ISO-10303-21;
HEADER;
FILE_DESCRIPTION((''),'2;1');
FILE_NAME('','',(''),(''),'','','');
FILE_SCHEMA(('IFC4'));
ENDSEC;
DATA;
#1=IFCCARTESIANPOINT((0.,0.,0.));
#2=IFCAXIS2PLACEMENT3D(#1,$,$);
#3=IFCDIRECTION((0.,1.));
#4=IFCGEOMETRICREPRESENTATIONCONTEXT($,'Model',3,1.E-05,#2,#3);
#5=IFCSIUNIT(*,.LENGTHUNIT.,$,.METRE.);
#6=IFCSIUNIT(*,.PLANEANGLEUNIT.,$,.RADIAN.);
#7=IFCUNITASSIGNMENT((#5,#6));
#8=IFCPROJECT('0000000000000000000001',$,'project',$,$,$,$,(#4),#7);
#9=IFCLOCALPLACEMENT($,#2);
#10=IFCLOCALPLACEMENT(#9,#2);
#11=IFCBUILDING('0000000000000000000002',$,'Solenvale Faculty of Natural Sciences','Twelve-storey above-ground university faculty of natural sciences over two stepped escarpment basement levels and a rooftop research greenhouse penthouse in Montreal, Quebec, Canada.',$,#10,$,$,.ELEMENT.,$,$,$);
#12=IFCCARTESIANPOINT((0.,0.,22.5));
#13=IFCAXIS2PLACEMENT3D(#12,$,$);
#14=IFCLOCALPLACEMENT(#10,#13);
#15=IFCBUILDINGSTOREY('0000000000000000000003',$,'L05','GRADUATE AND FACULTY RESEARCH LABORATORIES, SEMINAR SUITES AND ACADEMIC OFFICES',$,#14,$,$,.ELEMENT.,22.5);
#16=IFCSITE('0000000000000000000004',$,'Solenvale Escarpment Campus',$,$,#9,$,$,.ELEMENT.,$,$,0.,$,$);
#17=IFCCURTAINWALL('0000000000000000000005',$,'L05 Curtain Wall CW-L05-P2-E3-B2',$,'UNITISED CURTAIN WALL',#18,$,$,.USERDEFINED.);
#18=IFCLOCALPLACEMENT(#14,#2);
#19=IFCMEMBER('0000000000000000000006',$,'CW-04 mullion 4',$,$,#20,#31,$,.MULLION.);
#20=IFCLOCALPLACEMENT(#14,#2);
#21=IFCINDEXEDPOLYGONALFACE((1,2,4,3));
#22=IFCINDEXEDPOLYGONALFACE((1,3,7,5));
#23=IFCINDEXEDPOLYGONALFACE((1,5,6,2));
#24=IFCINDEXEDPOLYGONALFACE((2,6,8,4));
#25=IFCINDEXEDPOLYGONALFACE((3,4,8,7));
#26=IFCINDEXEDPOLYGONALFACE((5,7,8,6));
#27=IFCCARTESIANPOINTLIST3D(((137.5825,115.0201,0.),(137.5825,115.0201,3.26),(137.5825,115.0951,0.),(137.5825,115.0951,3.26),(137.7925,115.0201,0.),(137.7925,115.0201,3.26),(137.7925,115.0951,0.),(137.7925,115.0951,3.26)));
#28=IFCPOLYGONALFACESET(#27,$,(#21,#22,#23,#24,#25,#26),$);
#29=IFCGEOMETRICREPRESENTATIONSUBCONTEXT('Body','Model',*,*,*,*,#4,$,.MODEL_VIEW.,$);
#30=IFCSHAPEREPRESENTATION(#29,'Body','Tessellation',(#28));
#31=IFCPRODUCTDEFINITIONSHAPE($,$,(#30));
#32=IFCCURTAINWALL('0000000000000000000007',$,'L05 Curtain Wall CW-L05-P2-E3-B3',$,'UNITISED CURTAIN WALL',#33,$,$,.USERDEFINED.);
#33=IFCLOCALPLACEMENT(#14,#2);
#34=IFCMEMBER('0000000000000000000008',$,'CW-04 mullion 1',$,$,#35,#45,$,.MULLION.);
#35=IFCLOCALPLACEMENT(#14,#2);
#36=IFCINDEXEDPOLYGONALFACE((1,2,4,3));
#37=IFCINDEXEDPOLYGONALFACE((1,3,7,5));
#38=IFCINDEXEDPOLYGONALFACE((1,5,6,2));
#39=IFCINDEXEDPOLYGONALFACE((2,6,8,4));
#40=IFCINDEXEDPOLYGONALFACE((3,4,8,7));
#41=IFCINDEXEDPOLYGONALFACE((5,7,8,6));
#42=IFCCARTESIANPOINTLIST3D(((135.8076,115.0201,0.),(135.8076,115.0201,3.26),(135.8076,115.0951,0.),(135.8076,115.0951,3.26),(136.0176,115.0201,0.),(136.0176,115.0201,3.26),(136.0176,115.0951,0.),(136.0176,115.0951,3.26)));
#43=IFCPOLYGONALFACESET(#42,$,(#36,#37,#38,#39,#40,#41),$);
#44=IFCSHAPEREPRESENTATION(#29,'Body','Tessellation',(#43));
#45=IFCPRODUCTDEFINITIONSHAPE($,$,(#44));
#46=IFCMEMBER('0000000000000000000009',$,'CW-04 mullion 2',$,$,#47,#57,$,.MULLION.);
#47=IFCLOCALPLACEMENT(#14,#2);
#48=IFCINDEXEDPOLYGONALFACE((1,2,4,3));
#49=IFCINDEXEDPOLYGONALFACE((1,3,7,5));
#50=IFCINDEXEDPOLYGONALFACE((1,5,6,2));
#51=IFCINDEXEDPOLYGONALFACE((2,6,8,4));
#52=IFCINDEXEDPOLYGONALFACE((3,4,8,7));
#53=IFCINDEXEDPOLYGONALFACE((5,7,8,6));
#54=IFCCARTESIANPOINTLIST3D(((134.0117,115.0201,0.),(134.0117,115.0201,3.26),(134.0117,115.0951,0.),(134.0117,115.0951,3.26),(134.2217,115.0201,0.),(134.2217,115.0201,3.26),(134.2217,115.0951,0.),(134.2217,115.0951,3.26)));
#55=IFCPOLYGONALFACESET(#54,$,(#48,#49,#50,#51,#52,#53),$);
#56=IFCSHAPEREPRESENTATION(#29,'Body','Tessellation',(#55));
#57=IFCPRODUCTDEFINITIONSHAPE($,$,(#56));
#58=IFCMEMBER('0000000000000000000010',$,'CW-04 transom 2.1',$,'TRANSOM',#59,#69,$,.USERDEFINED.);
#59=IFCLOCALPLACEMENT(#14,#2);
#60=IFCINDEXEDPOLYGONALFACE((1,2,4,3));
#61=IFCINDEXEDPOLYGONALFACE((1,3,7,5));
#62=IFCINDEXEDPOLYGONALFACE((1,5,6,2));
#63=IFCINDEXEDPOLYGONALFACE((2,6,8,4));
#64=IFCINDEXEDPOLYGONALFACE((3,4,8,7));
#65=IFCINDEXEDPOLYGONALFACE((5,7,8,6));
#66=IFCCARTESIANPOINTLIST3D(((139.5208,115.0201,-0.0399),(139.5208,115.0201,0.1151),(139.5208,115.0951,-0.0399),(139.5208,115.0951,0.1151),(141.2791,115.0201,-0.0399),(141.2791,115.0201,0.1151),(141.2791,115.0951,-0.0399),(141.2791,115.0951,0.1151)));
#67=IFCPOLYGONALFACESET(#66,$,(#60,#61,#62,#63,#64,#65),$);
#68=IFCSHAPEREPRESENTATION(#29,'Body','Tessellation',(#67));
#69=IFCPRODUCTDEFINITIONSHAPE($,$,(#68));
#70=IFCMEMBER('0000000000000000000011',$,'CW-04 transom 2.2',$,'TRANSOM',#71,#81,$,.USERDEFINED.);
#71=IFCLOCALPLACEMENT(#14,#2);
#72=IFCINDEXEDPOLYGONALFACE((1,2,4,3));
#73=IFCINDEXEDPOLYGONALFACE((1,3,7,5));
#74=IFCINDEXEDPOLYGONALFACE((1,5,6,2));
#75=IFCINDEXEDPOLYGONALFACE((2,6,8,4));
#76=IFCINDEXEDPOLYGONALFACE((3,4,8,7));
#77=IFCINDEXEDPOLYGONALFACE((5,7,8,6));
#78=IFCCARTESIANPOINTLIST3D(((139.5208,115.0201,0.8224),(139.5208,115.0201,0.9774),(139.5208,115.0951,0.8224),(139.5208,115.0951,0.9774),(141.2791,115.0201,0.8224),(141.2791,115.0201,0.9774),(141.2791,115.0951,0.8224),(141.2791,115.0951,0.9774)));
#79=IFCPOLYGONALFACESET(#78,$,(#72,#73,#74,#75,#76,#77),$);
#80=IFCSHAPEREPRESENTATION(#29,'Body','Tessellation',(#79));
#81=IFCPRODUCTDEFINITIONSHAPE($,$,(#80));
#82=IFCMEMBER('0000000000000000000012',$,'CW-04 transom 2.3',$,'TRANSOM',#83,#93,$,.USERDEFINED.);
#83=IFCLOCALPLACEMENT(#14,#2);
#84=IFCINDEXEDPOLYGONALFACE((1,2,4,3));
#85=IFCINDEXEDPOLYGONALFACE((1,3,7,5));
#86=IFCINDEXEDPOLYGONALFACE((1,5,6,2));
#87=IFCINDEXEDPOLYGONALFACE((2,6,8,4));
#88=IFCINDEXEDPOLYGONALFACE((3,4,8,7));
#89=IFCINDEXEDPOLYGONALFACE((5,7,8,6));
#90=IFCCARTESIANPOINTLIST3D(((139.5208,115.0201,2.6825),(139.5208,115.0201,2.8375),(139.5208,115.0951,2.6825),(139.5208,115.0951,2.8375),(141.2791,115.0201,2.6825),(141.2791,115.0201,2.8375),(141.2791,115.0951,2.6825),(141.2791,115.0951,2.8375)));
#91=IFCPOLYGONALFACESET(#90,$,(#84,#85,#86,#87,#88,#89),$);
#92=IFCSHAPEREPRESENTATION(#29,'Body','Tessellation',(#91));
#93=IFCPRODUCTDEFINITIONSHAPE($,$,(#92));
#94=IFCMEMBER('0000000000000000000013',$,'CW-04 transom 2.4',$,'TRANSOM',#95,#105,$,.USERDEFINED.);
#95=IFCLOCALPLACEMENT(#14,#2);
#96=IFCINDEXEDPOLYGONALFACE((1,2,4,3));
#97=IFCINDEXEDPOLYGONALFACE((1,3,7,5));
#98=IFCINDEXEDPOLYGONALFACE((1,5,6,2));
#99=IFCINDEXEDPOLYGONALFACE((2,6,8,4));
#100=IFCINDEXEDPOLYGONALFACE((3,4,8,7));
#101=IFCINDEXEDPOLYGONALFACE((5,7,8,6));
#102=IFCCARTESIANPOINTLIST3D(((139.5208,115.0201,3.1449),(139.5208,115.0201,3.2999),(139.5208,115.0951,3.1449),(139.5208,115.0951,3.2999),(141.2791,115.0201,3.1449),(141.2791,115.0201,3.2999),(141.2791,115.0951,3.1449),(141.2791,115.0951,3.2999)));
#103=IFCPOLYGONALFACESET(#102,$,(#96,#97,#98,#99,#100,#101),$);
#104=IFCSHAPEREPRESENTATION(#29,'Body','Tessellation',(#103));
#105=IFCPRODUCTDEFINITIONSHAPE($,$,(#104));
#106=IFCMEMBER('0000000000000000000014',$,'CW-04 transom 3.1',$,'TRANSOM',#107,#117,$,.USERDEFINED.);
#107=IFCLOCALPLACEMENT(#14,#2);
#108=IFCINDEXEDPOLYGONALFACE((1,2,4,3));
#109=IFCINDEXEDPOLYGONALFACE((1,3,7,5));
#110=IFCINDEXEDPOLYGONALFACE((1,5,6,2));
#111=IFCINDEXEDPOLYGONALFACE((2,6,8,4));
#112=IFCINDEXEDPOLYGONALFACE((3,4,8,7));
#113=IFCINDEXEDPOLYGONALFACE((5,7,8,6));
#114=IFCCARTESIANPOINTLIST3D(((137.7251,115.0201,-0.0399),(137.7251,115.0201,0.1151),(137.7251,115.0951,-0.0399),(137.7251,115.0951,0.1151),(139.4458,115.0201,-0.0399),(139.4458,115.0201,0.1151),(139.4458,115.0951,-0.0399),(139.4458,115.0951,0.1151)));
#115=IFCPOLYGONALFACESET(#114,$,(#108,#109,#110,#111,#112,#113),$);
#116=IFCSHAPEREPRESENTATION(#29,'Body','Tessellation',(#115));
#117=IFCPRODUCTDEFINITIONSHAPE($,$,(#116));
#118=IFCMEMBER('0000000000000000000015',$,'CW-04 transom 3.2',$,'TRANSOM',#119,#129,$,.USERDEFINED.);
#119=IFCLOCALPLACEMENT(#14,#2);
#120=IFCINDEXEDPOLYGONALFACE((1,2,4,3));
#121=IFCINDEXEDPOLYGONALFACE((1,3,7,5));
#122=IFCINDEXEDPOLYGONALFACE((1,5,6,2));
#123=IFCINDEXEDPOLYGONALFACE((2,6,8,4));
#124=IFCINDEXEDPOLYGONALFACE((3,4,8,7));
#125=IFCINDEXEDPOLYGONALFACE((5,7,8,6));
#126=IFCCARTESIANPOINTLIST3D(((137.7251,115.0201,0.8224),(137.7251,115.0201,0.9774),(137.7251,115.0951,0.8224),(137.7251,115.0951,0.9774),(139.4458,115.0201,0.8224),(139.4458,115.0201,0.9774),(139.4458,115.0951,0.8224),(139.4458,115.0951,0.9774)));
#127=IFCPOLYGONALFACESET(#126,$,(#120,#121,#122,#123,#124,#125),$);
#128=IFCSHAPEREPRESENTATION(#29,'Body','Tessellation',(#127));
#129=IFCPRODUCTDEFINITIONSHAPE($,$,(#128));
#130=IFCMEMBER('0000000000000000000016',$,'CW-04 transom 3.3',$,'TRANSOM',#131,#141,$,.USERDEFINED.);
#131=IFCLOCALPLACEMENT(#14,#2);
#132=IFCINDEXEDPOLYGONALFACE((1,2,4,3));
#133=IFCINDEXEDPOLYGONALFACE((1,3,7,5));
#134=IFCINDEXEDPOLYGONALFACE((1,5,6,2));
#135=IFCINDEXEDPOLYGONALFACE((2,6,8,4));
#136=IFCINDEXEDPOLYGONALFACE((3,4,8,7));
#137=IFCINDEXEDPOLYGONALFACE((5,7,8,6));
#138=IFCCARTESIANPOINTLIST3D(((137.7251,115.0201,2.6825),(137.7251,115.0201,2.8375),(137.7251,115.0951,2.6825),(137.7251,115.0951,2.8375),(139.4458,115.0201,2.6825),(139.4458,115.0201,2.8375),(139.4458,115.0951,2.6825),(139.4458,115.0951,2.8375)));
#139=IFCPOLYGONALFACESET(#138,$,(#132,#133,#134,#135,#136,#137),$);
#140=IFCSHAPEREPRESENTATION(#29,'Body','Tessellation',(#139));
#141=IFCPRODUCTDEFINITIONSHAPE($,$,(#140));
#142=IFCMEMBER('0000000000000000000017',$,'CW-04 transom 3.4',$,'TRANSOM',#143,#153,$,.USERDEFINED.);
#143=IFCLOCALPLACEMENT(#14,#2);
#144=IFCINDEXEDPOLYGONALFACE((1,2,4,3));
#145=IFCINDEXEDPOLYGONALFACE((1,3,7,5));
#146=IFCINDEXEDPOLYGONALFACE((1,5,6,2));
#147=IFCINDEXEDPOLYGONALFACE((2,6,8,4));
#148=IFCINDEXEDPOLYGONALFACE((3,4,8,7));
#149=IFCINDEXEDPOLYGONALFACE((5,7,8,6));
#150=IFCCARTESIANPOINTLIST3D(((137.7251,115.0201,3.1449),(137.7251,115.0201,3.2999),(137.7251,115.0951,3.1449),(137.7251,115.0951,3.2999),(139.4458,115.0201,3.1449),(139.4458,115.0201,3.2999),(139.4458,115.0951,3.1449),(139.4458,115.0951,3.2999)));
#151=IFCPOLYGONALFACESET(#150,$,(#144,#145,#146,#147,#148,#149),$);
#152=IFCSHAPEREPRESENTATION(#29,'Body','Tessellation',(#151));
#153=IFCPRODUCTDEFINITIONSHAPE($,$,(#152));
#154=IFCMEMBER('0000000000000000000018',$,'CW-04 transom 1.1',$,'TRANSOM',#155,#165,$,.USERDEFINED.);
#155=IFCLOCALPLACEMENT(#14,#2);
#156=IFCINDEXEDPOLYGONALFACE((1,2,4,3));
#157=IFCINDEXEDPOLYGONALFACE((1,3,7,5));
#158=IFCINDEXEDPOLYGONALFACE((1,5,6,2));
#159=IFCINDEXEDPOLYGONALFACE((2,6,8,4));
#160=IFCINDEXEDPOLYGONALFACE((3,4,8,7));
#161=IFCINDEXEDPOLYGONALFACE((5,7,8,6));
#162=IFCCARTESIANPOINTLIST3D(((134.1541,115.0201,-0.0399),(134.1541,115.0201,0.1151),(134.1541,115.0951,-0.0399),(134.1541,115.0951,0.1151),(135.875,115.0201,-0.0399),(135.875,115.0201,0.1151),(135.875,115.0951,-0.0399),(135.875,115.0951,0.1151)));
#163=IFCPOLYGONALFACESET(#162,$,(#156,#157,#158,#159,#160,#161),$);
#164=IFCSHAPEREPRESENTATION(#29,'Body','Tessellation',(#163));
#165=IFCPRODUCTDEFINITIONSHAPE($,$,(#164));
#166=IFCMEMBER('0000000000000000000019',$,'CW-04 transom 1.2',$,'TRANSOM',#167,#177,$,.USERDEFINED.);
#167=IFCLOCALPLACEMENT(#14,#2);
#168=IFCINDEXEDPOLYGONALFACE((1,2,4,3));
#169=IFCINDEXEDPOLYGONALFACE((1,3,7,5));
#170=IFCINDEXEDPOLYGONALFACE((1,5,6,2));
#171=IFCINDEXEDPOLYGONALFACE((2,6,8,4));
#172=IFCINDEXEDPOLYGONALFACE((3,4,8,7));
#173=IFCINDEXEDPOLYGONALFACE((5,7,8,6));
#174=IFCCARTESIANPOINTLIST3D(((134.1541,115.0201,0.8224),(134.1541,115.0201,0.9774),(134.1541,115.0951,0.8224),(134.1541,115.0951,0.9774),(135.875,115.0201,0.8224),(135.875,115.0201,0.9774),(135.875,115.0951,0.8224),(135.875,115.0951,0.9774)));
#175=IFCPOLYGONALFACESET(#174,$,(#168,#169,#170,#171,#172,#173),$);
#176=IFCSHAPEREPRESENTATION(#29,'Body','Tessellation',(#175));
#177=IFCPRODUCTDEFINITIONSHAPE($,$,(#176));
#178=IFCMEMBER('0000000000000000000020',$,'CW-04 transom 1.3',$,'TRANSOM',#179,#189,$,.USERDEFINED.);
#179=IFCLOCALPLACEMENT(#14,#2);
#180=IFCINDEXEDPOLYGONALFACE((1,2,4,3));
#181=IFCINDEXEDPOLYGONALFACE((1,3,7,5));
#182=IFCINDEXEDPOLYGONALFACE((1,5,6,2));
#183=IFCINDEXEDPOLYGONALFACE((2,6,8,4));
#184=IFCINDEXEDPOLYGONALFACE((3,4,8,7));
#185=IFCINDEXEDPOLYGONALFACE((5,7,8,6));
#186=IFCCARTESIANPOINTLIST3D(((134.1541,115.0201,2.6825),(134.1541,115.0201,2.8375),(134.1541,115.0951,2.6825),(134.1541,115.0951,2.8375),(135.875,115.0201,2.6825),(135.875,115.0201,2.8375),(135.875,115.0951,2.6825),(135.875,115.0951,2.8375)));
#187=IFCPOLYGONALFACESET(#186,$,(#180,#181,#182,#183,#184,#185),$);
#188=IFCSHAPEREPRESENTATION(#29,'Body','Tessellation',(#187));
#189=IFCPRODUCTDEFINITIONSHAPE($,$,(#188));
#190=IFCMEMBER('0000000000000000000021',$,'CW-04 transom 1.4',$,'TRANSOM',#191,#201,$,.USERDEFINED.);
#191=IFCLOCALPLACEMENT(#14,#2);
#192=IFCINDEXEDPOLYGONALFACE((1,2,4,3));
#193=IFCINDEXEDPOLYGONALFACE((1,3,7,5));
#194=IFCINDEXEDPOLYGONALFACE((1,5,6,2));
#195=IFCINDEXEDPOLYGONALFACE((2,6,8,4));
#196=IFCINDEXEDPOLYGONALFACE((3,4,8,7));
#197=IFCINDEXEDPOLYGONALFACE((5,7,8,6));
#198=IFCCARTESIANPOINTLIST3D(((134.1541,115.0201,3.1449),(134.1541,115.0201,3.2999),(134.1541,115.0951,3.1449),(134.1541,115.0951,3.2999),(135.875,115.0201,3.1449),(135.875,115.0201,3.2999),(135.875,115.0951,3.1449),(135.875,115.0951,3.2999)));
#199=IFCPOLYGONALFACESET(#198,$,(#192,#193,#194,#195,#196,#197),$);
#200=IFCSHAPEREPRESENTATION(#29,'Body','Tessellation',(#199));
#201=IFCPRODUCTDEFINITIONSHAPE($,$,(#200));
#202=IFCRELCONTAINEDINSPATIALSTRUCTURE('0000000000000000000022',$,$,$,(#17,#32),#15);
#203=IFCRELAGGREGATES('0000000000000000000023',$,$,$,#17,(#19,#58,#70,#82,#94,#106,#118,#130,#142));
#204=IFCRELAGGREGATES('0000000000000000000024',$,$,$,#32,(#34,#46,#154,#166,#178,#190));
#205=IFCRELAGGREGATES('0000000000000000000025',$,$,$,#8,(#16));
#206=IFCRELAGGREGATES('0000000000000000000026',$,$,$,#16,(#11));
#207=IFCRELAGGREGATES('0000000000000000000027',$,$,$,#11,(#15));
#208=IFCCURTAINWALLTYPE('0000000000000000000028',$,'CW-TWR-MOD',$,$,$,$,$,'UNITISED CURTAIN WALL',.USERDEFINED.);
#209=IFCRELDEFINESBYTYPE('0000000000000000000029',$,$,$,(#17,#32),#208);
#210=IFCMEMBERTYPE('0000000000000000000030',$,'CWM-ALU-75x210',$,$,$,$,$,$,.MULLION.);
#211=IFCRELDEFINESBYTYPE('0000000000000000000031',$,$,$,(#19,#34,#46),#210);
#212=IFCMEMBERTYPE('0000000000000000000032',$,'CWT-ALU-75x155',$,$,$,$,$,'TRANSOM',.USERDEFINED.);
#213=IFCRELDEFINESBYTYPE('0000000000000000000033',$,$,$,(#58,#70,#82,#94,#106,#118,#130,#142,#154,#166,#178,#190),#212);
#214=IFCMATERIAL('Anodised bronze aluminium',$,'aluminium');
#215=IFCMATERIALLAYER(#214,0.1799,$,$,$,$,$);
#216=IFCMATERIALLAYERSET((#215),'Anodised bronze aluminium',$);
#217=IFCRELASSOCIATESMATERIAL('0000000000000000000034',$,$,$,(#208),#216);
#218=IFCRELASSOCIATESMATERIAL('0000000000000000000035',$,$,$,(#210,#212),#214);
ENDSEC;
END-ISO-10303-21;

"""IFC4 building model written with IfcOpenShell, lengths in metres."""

from ifc_helpers import new_model, si_unit, direction, frame, origin, origin_2d, place, context, subcontext, project, spatial, rectangle, extrude, material, layer, layer_set, material_profile, profile_set, type_object, element, aggregate, save


model = new_model("IFC4")

# Units and contexts
model_context = context("Model", 3, precision=1e-05, world=origin(), true_north=direction((0.0, 1.0)))
body_context = subcontext(model_context, "Body", "Model", "MODEL_VIEW")
ifc_project = project(units=[si_unit("LENGTHUNIT", "METRE"), si_unit("PLANEANGLEUNIT", "RADIAN")], contexts=[model_context])

# Site, building, storey
site_placement = place(None, origin())
site = spatial("IfcSite", under=ifc_project, at=site_placement, Name="Solenvale Escarpment Campus", CompositionType="ELEMENT", RefElevation=0.0)
building_placement = place(site_placement, origin())
building = spatial("IfcBuilding", under=site, at=building_placement, Name="Solenvale Faculty of Natural Sciences", Description="Twelve-storey above-ground university faculty of natural sciences over two stepped escarpment basement levels and a rooftop research greenhouse penthouse in Montreal, Quebec, Canada.", CompositionType="ELEMENT")
storey_placement = place(building_placement, frame((0.0, 0.0, 22.5)))
storey = spatial("IfcBuildingStorey", under=building, at=storey_placement, Name="L05", Description="GRADUATE AND FACULTY RESEARCH LABORATORIES, SEMINAR SUITES AND ACADEMIC OFFICES", CompositionType="ELEMENT", Elevation=22.5)

# Curtain walls, members
ifc_material_1 = material(Name="Anodised bronze aluminium", Category="aluminium")
ifc_layer_1 = layer(ifc_material_1, 0.1799)
ifc_layer_set_1 = layer_set([ifc_layer_1], Name="Anodised bronze aluminium")
curtain_wall_type = type_object("IfcCurtainWallType", Name="CW-TWR-MOD", ElementType="UNITISED CURTAIN WALL", PredefinedType="USERDEFINED", material=ifc_layer_set_1)
curtain_wall_1_placement = place(storey_placement, origin())
curtain_wall_1 = element("IfcCurtainWall", 1, at=curtain_wall_1_placement, inside=storey, type_object=curtain_wall_type, Name="L05 Curtain Wall CW-L05-P2-E3-B2", ObjectType="UNITISED CURTAIN WALL", PredefinedType="USERDEFINED")
ifc_material_profile_1 = material_profile(ifc_material_1, rectangle(XDim=0.075, YDim=0.21, at=origin_2d()), Name="ALU-MUL-75x210")
ifc_profile_set_1 = profile_set([ifc_material_profile_1], Name="Anodised bronze aluminium")
member_type_1 = type_object("IfcMemberType", Name="CWM-ALU-75x210", PredefinedType="MULLION", material=ifc_profile_set_1)
member_1_placement = place(storey_placement, frame((137.6875, 115.0576, 0.0), z_axis=(0.0, 0.0, 1.0), x_axis=(0.0, -1.0, 0.0)))
member_1 = element("IfcMember", 2, at=member_1_placement, type_object=member_type_1, Name="CW-04 mullion 4", PredefinedType="MULLION", context=body_context, shape_type="SweptSolid", body=[
    extrude(rectangle(XDim=0.075, YDim=0.21, at=origin_2d()), origin(), (0.0, 0.0, 1.0), 3.26),
])
curtain_wall_2_placement = place(storey_placement, origin())
curtain_wall_2 = element("IfcCurtainWall", 3, at=curtain_wall_2_placement, inside=storey, type_object=curtain_wall_type, Name="L05 Curtain Wall CW-L05-P2-E3-B3", ObjectType="UNITISED CURTAIN WALL", PredefinedType="USERDEFINED")
member_2_placement = place(storey_placement, frame((135.9126, 115.0576, 0.0), z_axis=(0.0, 0.0, 1.0), x_axis=(0.0, -1.0, 0.0)))
member_2 = element("IfcMember", 4, at=member_2_placement, type_object=member_type_1, Name="CW-04 mullion 1", PredefinedType="MULLION", context=body_context, shape_type="SweptSolid", body=[
    extrude(rectangle(XDim=0.075, YDim=0.21, at=origin_2d()), origin(), (0.0, 0.0, 1.0), 3.26),
])
member_3_placement = place(storey_placement, frame((134.1167, 115.0576, 0.0), z_axis=(0.0, 0.0, 1.0), x_axis=(0.0, -1.0, 0.0)))
member_3 = element("IfcMember", 5, at=member_3_placement, type_object=member_type_1, Name="CW-04 mullion 2", PredefinedType="MULLION", context=body_context, shape_type="SweptSolid", body=[
    extrude(rectangle(XDim=0.075, YDim=0.21, at=origin_2d()), origin(), (0.0, 0.0, 1.0), 3.26),
])

# Members
ifc_material_profile_2 = material_profile(ifc_material_1, rectangle(XDim=0.075, YDim=0.155, at=origin_2d()), Name="ALU-TRN-75x155")
ifc_profile_set_2 = profile_set([ifc_material_profile_2], Name="Anodised bronze aluminium")
member_type_2 = type_object("IfcMemberType", Name="CWT-ALU-75x155", ElementType="TRANSOM", PredefinedType="USERDEFINED", material=ifc_profile_set_2)
member_4_placement = place(storey_placement, frame((141.2791, 115.0576, 0.0376), z_axis=(-1.0, 0.0, 0.0), x_axis=(0.0, -1.0, 0.0)))
member_4 = element("IfcMember", 6, at=member_4_placement, type_object=member_type_2, Name="CW-04 transom 2.1", ObjectType="TRANSOM", PredefinedType="USERDEFINED", context=body_context, shape_type="SweptSolid", body=[
    extrude(rectangle(XDim=0.075, YDim=0.155, at=origin_2d()), origin(), (0.0, 0.0, 1.0), 1.7583),
])
member_5_placement = place(storey_placement, frame((141.2791, 115.0576, 0.8999), z_axis=(-1.0, 0.0, 0.0), x_axis=(0.0, -1.0, 0.0)))
member_5 = element("IfcMember", 7, at=member_5_placement, type_object=member_type_2, Name="CW-04 transom 2.2", ObjectType="TRANSOM", PredefinedType="USERDEFINED", context=body_context, shape_type="SweptSolid", body=[
    extrude(rectangle(XDim=0.075, YDim=0.155, at=origin_2d()), origin(), (0.0, 0.0, 1.0), 1.7583),
])
member_6_placement = place(storey_placement, frame((141.2791, 115.0576, 2.76), z_axis=(-1.0, 0.0, 0.0), x_axis=(0.0, -1.0, 0.0)))
member_6 = element("IfcMember", 8, at=member_6_placement, type_object=member_type_2, Name="CW-04 transom 2.3", ObjectType="TRANSOM", PredefinedType="USERDEFINED", context=body_context, shape_type="SweptSolid", body=[
    extrude(rectangle(XDim=0.075, YDim=0.155, at=origin_2d()), origin(), (0.0, 0.0, 1.0), 1.7583),
])
member_7_placement = place(storey_placement, frame((141.2791, 115.0576, 3.2224), z_axis=(-1.0, 0.0, 0.0), x_axis=(0.0, -1.0, 0.0)))
member_7 = element("IfcMember", 9, at=member_7_placement, type_object=member_type_2, Name="CW-04 transom 2.4", ObjectType="TRANSOM", PredefinedType="USERDEFINED", context=body_context, shape_type="SweptSolid", body=[
    extrude(rectangle(XDim=0.075, YDim=0.155, at=origin_2d()), origin(), (0.0, 0.0, 1.0), 1.7583),
])
member_8_placement = place(storey_placement, frame((139.4458, 115.0576, 0.0376), z_axis=(-1.0, 0.0, 0.0), x_axis=(0.0, -1.0, 0.0)))
member_8 = element("IfcMember", 10, at=member_8_placement, type_object=member_type_2, Name="CW-04 transom 3.1", ObjectType="TRANSOM", PredefinedType="USERDEFINED", context=body_context, shape_type="SweptSolid", body=[
    extrude(rectangle(XDim=0.075, YDim=0.155, at=origin_2d()), origin(), (0.0, 0.0, 1.0), 1.7207),
])
member_9_placement = place(storey_placement, frame((139.4458, 115.0576, 0.8999), z_axis=(-1.0, 0.0, 0.0), x_axis=(0.0, -1.0, 0.0)))
member_9 = element("IfcMember", 11, at=member_9_placement, type_object=member_type_2, Name="CW-04 transom 3.2", ObjectType="TRANSOM", PredefinedType="USERDEFINED", context=body_context, shape_type="SweptSolid", body=[
    extrude(rectangle(XDim=0.075, YDim=0.155, at=origin_2d()), origin(), (0.0, 0.0, 1.0), 1.7207),
])
member_10_placement = place(storey_placement, frame((139.4458, 115.0576, 2.76), z_axis=(-1.0, 0.0, 0.0), x_axis=(0.0, -1.0, 0.0)))
member_10 = element("IfcMember", 12, at=member_10_placement, type_object=member_type_2, Name="CW-04 transom 3.3", ObjectType="TRANSOM", PredefinedType="USERDEFINED", context=body_context, shape_type="SweptSolid", body=[
    extrude(rectangle(XDim=0.075, YDim=0.155, at=origin_2d()), origin(), (0.0, 0.0, 1.0), 1.7207),
])
member_11_placement = place(storey_placement, frame((139.4458, 115.0576, 3.2224), z_axis=(-1.0, 0.0, 0.0), x_axis=(0.0, -1.0, 0.0)))
member_11 = element("IfcMember", 13, at=member_11_placement, type_object=member_type_2, Name="CW-04 transom 3.4", ObjectType="TRANSOM", PredefinedType="USERDEFINED", context=body_context, shape_type="SweptSolid", body=[
    extrude(rectangle(XDim=0.075, YDim=0.155, at=origin_2d()), origin(), (0.0, 0.0, 1.0), 1.7207),
])
member_12_placement = place(storey_placement, frame((135.875, 115.0576, 0.0376), z_axis=(-1.0, 0.0, 0.0), x_axis=(0.0, -1.0, 0.0)))
member_12 = element("IfcMember", 14, at=member_12_placement, type_object=member_type_2, Name="CW-04 transom 1.1", ObjectType="TRANSOM", PredefinedType="USERDEFINED", context=body_context, shape_type="SweptSolid", body=[
    extrude(rectangle(XDim=0.075, YDim=0.155, at=origin_2d()), origin(), (0.0, 0.0, 1.0), 1.7209),
])
member_13_placement = place(storey_placement, frame((135.875, 115.0576, 0.8999), z_axis=(-1.0, 0.0, 0.0), x_axis=(0.0, -1.0, 0.0)))
member_13 = element("IfcMember", 15, at=member_13_placement, type_object=member_type_2, Name="CW-04 transom 1.2", ObjectType="TRANSOM", PredefinedType="USERDEFINED", context=body_context, shape_type="SweptSolid", body=[
    extrude(rectangle(XDim=0.075, YDim=0.155, at=origin_2d()), origin(), (0.0, 0.0, 1.0), 1.7209),
])
member_14_placement = place(storey_placement, frame((135.875, 115.0576, 2.76), z_axis=(-1.0, 0.0, 0.0), x_axis=(0.0, -1.0, 0.0)))
member_14 = element("IfcMember", 16, at=member_14_placement, type_object=member_type_2, Name="CW-04 transom 1.3", ObjectType="TRANSOM", PredefinedType="USERDEFINED", context=body_context, shape_type="SweptSolid", body=[
    extrude(rectangle(XDim=0.075, YDim=0.155, at=origin_2d()), origin(), (0.0, 0.0, 1.0), 1.7209),
])
member_15_placement = place(storey_placement, frame((135.875, 115.0576, 3.2224), z_axis=(-1.0, 0.0, 0.0), x_axis=(0.0, -1.0, 0.0)))
member_15 = element("IfcMember", 17, at=member_15_placement, type_object=member_type_2, Name="CW-04 transom 1.4", ObjectType="TRANSOM", PredefinedType="USERDEFINED", context=body_context, shape_type="SweptSolid", body=[
    extrude(rectangle(XDim=0.075, YDim=0.155, at=origin_2d()), origin(), (0.0, 0.0, 1.0), 1.7209),
])

aggregate(curtain_wall_1, [member_1, member_4, member_5, member_6, member_7, member_8, member_9, member_10, member_11])
aggregate(curtain_wall_2, [member_2, member_3, member_12, member_13, member_14, member_15])

save(model, "model.ifc")
